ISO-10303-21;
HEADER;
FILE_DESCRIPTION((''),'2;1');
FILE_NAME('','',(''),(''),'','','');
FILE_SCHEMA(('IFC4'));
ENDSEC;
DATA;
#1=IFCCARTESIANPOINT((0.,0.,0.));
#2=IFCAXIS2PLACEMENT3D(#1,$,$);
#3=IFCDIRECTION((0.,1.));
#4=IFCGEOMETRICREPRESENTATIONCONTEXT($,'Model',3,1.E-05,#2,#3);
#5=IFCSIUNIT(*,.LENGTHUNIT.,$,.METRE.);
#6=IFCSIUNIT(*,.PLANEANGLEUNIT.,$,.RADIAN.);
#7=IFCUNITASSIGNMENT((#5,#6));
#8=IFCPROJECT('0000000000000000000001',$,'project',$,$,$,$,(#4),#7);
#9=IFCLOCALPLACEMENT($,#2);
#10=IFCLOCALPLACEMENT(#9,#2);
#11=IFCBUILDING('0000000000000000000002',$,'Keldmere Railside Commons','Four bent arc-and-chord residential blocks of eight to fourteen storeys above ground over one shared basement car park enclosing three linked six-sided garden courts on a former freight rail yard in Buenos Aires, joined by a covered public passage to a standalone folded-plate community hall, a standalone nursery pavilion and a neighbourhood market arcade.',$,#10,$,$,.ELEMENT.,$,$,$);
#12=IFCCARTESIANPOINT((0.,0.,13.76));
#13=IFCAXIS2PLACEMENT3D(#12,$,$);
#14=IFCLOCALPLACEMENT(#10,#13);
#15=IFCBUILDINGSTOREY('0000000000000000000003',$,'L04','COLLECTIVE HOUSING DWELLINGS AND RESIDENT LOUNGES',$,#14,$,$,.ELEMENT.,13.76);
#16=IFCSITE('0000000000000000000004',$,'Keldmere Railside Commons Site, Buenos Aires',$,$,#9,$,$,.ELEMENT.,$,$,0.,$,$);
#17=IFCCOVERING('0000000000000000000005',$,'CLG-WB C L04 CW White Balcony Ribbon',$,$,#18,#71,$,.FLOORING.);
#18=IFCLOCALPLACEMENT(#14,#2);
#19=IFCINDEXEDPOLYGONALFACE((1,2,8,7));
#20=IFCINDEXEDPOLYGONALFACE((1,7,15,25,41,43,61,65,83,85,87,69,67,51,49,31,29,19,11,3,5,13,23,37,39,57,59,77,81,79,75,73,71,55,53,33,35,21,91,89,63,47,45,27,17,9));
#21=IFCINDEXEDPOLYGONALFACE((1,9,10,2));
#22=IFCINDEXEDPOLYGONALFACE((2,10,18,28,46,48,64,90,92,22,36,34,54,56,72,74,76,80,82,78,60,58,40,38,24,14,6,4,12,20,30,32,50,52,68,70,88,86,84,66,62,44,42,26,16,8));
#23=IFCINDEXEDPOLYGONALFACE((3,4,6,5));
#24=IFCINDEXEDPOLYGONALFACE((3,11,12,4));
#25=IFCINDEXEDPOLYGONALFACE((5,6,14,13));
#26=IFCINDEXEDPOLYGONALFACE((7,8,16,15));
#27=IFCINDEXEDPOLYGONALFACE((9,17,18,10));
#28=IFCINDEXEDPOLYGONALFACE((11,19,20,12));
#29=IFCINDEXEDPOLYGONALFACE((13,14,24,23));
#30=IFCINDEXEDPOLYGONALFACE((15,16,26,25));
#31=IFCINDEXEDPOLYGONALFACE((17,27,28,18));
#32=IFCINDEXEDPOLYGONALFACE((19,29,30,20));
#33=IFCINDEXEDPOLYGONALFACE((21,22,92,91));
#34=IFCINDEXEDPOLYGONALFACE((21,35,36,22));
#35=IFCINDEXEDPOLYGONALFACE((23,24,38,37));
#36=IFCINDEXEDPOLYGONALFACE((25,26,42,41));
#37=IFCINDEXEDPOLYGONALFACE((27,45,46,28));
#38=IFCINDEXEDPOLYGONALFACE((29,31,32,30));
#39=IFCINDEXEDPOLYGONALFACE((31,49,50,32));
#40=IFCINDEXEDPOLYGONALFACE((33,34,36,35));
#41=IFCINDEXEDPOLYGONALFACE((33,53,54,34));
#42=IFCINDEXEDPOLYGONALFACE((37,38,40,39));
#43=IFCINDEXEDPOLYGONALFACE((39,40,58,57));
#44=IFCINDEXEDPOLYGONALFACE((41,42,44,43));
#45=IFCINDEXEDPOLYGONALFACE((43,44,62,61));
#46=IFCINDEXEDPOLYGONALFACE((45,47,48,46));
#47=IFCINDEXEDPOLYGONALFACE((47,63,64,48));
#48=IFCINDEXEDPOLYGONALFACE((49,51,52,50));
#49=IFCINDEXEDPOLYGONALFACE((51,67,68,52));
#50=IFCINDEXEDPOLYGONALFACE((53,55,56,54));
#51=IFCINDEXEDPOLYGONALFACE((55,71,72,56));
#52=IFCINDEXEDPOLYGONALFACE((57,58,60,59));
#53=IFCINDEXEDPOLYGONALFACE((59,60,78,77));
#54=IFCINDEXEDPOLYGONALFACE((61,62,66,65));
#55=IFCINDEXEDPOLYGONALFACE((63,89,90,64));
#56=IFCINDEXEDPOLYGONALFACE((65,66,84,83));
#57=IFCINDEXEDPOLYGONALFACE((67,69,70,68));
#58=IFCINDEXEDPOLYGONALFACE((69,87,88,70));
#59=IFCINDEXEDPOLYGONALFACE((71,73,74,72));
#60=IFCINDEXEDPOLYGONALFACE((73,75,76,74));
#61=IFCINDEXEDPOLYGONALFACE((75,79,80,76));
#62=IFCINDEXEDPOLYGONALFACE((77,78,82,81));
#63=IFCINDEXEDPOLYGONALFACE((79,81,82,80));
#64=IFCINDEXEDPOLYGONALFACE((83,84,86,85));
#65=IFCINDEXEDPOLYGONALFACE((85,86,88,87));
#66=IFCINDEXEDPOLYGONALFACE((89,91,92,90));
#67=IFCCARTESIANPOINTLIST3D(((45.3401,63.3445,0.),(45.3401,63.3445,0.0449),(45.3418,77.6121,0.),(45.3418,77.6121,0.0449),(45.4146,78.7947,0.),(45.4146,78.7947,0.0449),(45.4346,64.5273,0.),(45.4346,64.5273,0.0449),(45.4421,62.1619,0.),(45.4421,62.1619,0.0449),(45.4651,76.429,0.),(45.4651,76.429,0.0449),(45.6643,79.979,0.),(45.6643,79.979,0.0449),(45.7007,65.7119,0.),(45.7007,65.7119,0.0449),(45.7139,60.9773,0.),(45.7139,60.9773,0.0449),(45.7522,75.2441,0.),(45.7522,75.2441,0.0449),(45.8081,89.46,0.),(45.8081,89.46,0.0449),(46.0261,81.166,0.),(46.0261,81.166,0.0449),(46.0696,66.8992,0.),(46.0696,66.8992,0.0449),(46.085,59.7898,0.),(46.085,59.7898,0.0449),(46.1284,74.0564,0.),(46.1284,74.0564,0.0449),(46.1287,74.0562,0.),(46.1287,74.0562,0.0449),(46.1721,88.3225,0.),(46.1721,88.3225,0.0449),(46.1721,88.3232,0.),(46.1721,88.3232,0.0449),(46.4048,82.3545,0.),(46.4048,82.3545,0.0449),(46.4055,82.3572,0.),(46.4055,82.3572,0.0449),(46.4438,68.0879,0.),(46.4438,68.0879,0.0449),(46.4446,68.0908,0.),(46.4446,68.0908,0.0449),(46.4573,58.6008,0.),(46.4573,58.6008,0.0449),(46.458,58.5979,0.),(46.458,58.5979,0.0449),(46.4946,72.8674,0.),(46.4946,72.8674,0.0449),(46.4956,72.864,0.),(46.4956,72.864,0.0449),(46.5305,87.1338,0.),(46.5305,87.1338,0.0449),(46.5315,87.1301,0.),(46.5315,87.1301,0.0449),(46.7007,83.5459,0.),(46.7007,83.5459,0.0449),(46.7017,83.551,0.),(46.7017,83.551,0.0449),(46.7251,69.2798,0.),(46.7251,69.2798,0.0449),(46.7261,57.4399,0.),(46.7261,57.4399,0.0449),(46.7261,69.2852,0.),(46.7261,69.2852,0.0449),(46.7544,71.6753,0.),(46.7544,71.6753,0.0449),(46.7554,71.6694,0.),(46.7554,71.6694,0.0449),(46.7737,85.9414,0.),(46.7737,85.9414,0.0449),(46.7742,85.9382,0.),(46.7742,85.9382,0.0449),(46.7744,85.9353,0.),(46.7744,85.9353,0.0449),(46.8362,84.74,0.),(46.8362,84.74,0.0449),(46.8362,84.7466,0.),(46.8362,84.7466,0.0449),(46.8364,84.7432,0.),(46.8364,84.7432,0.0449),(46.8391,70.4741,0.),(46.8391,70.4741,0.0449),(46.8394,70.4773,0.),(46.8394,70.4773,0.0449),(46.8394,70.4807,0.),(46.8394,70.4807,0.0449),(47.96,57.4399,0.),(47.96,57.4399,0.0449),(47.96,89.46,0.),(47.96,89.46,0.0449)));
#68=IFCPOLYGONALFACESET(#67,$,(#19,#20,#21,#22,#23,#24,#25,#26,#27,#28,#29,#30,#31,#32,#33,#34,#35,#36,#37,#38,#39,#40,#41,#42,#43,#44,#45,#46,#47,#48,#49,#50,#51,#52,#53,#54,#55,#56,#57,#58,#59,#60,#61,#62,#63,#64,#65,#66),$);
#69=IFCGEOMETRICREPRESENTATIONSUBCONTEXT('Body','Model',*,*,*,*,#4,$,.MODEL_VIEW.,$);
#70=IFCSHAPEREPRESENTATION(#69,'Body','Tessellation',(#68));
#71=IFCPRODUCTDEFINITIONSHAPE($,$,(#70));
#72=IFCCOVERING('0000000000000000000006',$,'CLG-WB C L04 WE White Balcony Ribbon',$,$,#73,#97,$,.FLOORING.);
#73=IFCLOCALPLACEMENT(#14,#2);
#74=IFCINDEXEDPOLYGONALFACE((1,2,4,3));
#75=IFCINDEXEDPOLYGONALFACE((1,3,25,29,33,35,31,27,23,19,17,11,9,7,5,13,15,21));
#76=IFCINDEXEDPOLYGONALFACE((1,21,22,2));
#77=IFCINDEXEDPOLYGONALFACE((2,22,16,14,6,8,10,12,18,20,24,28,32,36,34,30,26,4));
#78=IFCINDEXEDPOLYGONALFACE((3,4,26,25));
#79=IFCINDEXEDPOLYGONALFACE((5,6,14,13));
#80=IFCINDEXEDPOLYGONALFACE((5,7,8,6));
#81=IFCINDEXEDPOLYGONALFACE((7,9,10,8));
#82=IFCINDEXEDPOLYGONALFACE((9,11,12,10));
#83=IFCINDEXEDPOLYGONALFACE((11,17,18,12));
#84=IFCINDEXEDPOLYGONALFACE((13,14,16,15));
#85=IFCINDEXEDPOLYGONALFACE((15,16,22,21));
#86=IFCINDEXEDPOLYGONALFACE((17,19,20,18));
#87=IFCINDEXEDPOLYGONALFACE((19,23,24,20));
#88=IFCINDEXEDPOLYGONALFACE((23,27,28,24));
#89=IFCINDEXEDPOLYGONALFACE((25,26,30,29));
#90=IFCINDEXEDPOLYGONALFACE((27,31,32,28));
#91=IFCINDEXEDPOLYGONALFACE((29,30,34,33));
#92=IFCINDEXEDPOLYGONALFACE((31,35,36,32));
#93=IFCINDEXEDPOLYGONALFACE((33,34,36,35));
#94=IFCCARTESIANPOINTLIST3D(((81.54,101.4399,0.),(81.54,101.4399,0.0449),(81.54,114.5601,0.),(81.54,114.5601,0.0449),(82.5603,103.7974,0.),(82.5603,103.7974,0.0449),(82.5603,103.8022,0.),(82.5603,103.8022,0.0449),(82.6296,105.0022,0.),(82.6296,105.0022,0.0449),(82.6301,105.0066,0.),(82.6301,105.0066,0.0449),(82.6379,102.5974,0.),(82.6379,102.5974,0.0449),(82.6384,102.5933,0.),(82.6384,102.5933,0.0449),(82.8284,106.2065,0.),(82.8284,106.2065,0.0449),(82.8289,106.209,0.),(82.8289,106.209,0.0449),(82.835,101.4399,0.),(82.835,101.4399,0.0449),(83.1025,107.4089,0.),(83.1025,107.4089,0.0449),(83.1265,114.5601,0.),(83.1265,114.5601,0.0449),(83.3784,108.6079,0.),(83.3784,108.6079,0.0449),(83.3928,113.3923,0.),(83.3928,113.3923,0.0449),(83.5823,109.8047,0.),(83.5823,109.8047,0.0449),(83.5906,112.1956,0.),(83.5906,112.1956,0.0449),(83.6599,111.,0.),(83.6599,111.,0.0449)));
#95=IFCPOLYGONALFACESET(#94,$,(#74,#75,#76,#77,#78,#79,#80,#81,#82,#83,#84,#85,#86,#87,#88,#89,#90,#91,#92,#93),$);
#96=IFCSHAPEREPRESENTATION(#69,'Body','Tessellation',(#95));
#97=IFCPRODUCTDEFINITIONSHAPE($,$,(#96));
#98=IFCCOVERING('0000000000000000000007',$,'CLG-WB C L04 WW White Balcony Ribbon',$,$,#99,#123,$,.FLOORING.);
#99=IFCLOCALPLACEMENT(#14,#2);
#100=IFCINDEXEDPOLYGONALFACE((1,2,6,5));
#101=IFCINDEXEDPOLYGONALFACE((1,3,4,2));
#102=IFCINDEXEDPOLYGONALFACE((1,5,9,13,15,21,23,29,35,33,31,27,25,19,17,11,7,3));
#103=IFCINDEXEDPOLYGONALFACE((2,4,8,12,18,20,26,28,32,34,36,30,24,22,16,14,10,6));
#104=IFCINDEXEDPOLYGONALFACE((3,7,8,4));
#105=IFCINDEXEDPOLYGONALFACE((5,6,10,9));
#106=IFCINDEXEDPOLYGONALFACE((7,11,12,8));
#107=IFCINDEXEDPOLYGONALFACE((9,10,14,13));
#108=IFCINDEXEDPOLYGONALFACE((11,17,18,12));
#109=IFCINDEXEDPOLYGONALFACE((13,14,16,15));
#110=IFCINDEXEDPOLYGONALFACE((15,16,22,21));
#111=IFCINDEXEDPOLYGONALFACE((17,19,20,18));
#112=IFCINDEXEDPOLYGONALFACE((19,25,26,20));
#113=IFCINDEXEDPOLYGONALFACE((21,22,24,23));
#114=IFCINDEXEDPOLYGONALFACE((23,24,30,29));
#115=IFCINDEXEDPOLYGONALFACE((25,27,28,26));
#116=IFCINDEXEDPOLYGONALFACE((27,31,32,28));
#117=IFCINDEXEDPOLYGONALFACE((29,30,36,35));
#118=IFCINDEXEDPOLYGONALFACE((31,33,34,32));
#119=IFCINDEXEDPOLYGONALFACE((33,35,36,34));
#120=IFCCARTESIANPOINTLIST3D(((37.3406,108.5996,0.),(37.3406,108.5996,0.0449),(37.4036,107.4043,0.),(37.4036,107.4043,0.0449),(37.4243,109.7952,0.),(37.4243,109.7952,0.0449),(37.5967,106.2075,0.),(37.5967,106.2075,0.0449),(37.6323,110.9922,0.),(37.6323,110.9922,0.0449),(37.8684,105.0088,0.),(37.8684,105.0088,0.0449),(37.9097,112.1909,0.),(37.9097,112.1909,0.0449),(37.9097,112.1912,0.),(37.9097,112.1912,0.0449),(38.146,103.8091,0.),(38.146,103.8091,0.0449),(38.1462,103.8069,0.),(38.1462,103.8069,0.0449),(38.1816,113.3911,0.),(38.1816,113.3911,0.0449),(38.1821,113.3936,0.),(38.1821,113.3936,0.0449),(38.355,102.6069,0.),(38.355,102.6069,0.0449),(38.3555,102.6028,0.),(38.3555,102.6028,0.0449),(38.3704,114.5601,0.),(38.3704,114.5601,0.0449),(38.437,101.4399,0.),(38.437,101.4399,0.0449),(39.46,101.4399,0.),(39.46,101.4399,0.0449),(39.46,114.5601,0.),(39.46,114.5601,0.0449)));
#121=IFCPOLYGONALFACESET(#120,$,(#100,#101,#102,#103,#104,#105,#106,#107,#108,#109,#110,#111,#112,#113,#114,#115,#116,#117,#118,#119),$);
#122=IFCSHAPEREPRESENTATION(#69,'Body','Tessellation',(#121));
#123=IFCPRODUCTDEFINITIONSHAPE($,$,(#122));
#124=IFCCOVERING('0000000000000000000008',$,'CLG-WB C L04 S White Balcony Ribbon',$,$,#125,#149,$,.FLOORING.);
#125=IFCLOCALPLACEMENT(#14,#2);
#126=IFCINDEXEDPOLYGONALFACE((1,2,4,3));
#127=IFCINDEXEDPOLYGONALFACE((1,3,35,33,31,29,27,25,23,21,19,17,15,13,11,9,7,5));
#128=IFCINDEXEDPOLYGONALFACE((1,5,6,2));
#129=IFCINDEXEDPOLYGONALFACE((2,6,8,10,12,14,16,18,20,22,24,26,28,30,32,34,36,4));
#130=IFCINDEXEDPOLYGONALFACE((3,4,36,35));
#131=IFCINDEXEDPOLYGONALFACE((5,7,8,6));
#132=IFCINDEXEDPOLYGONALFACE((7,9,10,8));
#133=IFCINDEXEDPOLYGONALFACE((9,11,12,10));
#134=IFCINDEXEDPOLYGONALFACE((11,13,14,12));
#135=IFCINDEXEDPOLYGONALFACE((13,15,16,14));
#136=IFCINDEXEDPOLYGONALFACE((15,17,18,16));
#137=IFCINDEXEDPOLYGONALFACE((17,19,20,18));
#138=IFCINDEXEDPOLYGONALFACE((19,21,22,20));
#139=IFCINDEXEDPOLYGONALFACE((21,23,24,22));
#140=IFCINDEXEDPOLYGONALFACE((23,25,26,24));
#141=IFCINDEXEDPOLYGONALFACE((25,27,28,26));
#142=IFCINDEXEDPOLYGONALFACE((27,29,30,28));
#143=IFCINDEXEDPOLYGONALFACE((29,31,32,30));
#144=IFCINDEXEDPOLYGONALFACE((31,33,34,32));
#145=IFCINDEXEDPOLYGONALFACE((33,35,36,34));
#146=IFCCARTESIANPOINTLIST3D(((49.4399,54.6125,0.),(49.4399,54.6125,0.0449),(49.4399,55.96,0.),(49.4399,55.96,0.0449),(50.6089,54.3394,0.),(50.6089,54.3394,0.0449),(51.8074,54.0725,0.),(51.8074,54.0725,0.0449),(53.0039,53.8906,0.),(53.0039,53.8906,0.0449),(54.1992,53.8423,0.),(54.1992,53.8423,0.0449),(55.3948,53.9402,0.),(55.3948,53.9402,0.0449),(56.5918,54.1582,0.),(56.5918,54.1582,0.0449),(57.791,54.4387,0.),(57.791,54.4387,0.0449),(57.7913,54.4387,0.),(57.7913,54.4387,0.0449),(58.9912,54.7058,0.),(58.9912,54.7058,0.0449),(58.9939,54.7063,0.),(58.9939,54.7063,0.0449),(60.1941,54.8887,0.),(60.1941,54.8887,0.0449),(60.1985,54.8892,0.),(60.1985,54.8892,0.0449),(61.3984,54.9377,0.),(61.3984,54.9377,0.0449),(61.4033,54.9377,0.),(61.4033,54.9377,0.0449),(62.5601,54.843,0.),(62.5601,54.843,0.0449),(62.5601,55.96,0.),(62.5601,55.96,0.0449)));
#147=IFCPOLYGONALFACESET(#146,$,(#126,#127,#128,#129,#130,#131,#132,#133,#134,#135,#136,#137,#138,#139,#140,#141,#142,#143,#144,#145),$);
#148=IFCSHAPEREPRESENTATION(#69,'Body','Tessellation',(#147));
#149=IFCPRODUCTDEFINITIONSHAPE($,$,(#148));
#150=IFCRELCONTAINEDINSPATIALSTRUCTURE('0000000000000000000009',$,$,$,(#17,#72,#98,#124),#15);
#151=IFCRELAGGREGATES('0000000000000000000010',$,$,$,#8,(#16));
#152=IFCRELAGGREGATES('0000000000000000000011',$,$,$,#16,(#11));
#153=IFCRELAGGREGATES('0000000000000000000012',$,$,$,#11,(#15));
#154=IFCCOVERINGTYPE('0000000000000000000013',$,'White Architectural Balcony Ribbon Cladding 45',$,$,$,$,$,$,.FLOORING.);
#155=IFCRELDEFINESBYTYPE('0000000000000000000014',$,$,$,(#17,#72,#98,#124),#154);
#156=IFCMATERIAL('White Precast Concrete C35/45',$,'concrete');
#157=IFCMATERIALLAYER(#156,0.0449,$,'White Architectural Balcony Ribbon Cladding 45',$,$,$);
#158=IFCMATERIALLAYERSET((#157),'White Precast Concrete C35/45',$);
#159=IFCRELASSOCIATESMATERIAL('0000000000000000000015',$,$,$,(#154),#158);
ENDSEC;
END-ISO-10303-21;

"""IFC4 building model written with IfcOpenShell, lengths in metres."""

from ifc_helpers import new_model, si_unit, direction, frame, origin, place, context, subcontext, project, spatial, polyline, outline, extrude, material, layer, layer_set, type_object, element, save


model = new_model("IFC4")

# Units and contexts
model_context = context("Model", 3, precision=1e-05, world=origin(), true_north=direction((0.0, 1.0)))
body_context = subcontext(model_context, "Body", "Model", "MODEL_VIEW")
ifc_project = project(units=[si_unit("LENGTHUNIT", "METRE"), si_unit("PLANEANGLEUNIT", "RADIAN")], contexts=[model_context])

# Site, building, storey
site_placement = place(None, origin())
site = spatial("IfcSite", under=ifc_project, at=site_placement, Name="Keldmere Railside Commons Site, Buenos Aires", CompositionType="ELEMENT", RefElevation=0.0)
building_placement = place(site_placement, origin())
building = spatial("IfcBuilding", under=site, at=building_placement, Name="Keldmere Railside Commons", Description="Four bent arc-and-chord residential blocks of eight to fourteen storeys above ground over one shared basement car park enclosing three linked six-sided garden courts on a former freight rail yard in Buenos Aires, joined by a covered public passage to a standalone folded-plate community hall, a standalone nursery pavilion and a neighbourhood market arcade.", CompositionType="ELEMENT")
storey_placement = place(building_placement, frame((0.0, 0.0, 13.76)))
storey = spatial("IfcBuildingStorey", under=building, at=storey_placement, Name="L04", Description="COLLECTIVE HOUSING DWELLINGS AND RESIDENT LOUNGES", CompositionType="ELEMENT", Elevation=13.76)

# Coverings
ifc_material_1 = material(Name="White Precast Concrete C35/45", Category="concrete")
ifc_layer_1 = layer(ifc_material_1, 0.0449, Name="White Architectural Balcony Ribbon Cladding 45")
ifc_layer_set_1 = layer_set([ifc_layer_1], Name="White Precast Concrete C35/45")
covering_type_1 = type_object("IfcCoveringType", Name="White Architectural Balcony Ribbon Cladding 45", PredefinedType="FLOORING", material=ifc_layer_set_1)
covering_1_placement = place(storey_placement, origin())
element("IfcCovering", 1, at=covering_1_placement, inside=storey, type_object=covering_type_1, Name="CLG-WB C L04 CW White Balcony Ribbon", PredefinedType="FLOORING", context=body_context, shape_type="SweptSolid", body=[
    extrude(outline(polyline([(47.96, 89.46), (45.8081, 89.46), (46.1721, 88.3232), (46.1721, 88.3225), (46.5305, 87.1338), (46.5315, 87.1301), (46.7737, 85.9414), (46.7742, 85.9382), (46.7744, 85.9353), (46.8362, 84.7466), (46.8364, 84.7432), (46.8362, 84.74), (46.7017, 83.551), (46.7007, 83.5459), (46.4055, 82.3572), (46.4048, 82.3545), (46.0261, 81.166), (45.6643, 79.979), (45.4146, 78.7947), (45.3418, 77.6121), (45.4651, 76.429), (45.7522, 75.2441), (46.1284, 74.0564), (46.1287, 74.0562), (46.4946, 72.8674), (46.4956, 72.864), (46.7544, 71.6753), (46.7554, 71.6694), (46.8394, 70.4807), (46.8394, 70.4773), (46.8391, 70.4741), (46.7261, 69.2852), (46.7251, 69.2798), (46.4446, 68.0908), (46.4438, 68.0879), (46.0696, 66.8992), (45.7007, 65.7119), (45.4346, 64.5273), (45.3401, 63.3445), (45.4421, 62.1619), (45.7139, 60.9773), (46.085, 59.7898), (46.4573, 58.6008), (46.458, 58.5979), (46.7261, 57.4399), (47.96, 57.4399), (47.96, 89.46)])), origin(), (0.0, 0.0, 1.0), 0.0449),
])
covering_2_placement = place(storey_placement, origin())
element("IfcCovering", 2, at=covering_2_placement, inside=storey, type_object=covering_type_1, Name="CLG-WB C L04 WE White Balcony Ribbon", PredefinedType="FLOORING", context=body_context, shape_type="SweptSolid", body=[
    extrude(outline(polyline([(82.6384, 102.5933), (82.6379, 102.5974), (82.5603, 103.7974), (82.5603, 103.8022), (82.6296, 105.0022), (82.6301, 105.0066), (82.8284, 106.2065), (82.8289, 106.209), (83.1025, 107.4089), (83.1025, 107.4089), (83.3784, 108.6079), (83.5823, 109.8047), (83.6599, 111.0), (83.5906, 112.1956), (83.3928, 113.3923), (83.1265, 114.5601), (81.54, 114.5601), (81.54, 101.4399), (82.835, 101.4399), (82.6384, 102.5933)])), origin(), (0.0, 0.0, 1.0), 0.0449),
])
covering_3_placement = place(storey_placement, origin())
element("IfcCovering", 3, at=covering_3_placement, inside=storey, type_object=covering_type_1, Name="CLG-WB C L04 WW White Balcony Ribbon", PredefinedType="FLOORING", context=body_context, shape_type="SweptSolid", body=[
    extrude(outline(polyline([(39.46, 114.5601), (38.3704, 114.5601), (38.1821, 113.3936), (38.1816, 113.3911), (37.9097, 112.1912), (37.9097, 112.1909), (37.6323, 110.9922), (37.4243, 109.7952), (37.3406, 108.5996), (37.4036, 107.4043), (37.5967, 106.2075), (37.8684, 105.0088), (38.146, 103.8091), (38.1462, 103.8069), (38.355, 102.6069), (38.3555, 102.6028), (38.437, 101.4399), (39.46, 101.4399), (39.46, 114.5601)])), origin(), (0.0, 0.0, 1.0), 0.0449),
])
covering_4_placement = place(storey_placement, origin())
element("IfcCovering", 4, at=covering_4_placement, inside=storey, type_object=covering_type_1, Name="CLG-WB C L04 S White Balcony Ribbon", PredefinedType="FLOORING", context=body_context, shape_type="SweptSolid", body=[
    extrude(outline(polyline([(50.6089, 54.3394), (51.8074, 54.0725), (53.0039, 53.8906), (54.1992, 53.8423), (55.3948, 53.9402), (56.5918, 54.1582), (57.791, 54.4387), (57.7913, 54.4387), (58.9912, 54.7058), (58.9939, 54.7063), (60.1941, 54.8887), (60.1985, 54.8892), (61.3984, 54.9377), (61.4033, 54.9377), (62.5601, 54.843), (62.5601, 55.96), (49.4399, 55.96), (49.4399, 54.6125), (50.6089, 54.3394)])), origin(), (0.0, 0.0, 1.0), 0.0449),
])

save(model, "model.ifc")
